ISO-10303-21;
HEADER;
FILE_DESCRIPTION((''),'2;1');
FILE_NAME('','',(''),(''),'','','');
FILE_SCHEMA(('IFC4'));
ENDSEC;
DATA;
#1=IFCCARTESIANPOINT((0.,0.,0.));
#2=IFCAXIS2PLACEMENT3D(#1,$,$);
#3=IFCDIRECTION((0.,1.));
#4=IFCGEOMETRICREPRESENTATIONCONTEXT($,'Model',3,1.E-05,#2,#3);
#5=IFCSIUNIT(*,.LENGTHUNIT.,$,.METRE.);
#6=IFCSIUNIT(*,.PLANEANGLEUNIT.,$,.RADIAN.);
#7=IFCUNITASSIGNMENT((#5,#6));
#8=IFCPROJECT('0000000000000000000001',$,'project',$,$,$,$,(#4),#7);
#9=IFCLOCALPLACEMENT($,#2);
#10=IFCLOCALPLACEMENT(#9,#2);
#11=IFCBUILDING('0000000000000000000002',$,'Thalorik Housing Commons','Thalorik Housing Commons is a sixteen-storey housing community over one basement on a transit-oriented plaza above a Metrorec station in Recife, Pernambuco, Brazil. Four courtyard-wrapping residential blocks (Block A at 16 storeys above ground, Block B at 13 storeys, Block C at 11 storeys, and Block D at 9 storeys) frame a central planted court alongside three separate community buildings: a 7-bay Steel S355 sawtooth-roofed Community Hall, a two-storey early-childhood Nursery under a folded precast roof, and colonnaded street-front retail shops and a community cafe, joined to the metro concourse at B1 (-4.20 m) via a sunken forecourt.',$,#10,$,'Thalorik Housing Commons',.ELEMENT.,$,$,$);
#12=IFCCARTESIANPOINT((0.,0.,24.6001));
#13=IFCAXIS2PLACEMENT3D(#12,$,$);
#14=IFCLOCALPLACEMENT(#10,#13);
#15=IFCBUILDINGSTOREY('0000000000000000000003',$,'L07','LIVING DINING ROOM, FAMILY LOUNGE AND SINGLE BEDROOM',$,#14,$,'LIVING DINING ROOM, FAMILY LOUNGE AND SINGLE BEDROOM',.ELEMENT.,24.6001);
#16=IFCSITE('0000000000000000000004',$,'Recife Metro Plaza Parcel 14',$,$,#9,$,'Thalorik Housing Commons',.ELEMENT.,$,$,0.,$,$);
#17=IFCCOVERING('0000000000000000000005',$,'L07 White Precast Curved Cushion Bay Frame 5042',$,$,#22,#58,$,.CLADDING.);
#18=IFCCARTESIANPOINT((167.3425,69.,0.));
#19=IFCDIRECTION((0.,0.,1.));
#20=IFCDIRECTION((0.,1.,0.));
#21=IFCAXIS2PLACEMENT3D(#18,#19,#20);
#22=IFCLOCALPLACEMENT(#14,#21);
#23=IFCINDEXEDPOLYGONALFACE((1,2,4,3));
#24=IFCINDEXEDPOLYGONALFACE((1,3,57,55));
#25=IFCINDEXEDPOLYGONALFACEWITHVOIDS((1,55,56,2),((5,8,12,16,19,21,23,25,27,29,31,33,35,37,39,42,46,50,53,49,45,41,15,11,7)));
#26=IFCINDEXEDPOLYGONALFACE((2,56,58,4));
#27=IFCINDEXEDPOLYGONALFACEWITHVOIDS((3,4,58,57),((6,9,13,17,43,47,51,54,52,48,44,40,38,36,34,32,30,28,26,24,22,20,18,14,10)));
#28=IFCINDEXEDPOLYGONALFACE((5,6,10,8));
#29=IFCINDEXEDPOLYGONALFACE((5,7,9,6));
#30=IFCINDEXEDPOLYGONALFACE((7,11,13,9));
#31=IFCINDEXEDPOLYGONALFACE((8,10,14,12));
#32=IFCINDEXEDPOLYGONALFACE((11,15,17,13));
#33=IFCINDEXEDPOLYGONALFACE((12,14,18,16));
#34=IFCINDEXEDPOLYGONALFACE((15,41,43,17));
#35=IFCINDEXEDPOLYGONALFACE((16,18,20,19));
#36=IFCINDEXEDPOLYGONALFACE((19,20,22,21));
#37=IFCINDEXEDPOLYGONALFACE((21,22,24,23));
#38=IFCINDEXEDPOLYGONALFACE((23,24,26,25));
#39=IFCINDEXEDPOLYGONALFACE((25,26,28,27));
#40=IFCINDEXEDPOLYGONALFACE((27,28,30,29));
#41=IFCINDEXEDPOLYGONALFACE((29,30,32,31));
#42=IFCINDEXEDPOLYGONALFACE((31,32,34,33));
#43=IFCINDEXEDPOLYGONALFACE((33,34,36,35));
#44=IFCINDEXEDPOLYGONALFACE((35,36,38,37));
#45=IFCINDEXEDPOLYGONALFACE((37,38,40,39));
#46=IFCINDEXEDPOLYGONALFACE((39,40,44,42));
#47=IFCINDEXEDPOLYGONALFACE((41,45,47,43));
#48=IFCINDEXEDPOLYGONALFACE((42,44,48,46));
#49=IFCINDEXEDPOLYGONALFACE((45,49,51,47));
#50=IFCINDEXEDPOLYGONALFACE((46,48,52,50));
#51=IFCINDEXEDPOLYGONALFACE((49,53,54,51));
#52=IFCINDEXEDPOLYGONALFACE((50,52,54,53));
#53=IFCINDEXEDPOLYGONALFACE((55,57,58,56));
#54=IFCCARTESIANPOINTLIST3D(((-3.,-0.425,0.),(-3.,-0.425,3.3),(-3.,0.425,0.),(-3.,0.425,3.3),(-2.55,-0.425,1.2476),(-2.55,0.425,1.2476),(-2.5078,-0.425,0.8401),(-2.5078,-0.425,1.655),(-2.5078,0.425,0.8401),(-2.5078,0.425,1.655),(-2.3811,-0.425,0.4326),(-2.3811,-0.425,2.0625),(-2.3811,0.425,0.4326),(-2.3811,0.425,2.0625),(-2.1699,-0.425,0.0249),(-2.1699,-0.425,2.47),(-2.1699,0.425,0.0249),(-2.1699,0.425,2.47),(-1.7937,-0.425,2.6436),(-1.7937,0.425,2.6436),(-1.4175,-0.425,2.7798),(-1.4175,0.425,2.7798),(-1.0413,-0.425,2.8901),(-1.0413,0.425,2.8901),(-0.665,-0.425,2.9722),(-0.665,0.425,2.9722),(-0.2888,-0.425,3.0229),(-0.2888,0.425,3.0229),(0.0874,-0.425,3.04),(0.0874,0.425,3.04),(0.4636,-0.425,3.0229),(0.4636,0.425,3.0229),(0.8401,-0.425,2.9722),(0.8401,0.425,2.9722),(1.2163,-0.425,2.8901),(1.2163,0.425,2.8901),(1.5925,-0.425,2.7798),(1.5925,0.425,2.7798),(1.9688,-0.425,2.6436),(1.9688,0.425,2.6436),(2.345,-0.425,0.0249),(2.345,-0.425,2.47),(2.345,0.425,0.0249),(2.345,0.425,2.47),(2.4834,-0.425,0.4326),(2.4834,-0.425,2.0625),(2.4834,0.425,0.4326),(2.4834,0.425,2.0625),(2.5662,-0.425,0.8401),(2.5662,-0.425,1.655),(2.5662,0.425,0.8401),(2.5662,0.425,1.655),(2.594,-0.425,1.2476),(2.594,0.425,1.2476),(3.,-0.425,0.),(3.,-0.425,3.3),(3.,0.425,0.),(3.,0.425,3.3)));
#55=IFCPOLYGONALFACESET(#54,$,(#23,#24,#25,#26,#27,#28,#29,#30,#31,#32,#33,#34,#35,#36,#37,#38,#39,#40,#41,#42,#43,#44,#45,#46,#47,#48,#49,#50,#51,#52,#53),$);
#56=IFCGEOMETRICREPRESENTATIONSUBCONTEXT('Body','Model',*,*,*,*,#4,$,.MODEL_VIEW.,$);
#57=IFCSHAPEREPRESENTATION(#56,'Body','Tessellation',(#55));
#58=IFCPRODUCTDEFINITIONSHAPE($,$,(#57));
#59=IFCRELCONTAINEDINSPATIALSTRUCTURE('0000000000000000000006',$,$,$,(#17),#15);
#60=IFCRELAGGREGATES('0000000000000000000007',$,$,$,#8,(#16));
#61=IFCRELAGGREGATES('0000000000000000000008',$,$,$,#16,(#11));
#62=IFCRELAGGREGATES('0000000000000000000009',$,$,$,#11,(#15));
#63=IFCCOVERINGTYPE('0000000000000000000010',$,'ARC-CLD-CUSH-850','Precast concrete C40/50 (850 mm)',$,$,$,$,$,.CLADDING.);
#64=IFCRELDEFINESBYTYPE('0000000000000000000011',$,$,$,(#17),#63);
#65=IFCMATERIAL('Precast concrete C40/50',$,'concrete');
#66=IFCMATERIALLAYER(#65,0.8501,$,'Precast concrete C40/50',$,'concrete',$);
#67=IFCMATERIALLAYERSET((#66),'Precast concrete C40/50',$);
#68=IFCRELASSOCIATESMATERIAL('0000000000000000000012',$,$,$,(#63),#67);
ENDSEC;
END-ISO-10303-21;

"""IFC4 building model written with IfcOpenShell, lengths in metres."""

from ifc_helpers import new_model, si_unit, direction, frame, origin, place, context, subcontext, project, spatial, polyline, outline, extrude, material, layer, layer_set, type_object, element, save


model = new_model("IFC4")

# Units and contexts
model_context = context("Model", 3, precision=1e-05, world=origin(), true_north=direction((0.0, 1.0)))
body_context = subcontext(model_context, "Body", "Model", "MODEL_VIEW")
ifc_project = project(units=[si_unit("LENGTHUNIT", "METRE"), si_unit("PLANEANGLEUNIT", "RADIAN")], contexts=[model_context])

# Site, building, storey
site_placement = place(None, origin())
site = spatial("IfcSite", under=ifc_project, at=site_placement, Name="Recife Metro Plaza Parcel 14", LongName="Thalorik Housing Commons", CompositionType="ELEMENT", RefElevation=0.0)
building_placement = place(site_placement, origin())
building = spatial("IfcBuilding", under=site, at=building_placement, Name="Thalorik Housing Commons", Description="Thalorik Housing Commons is a sixteen-storey housing community over one basement on a transit-oriented plaza above a Metrorec station in Recife, Pernambuco, Brazil. Four courtyard-wrapping residential blocks (Block A at 16 storeys above ground, Block B at 13 storeys, Block C at 11 storeys, and Block D at 9 storeys) frame a central planted court alongside three separate community buildings: a 7-bay Steel S355 sawtooth-roofed Community Hall, a two-storey early-childhood Nursery under a folded precast roof, and colonnaded street-front retail shops and a community cafe, joined to the metro concourse at B1 (-4.20 m) via a sunken forecourt.", LongName="Thalorik Housing Commons", CompositionType="ELEMENT")
storey_placement = place(building_placement, frame((0.0, 0.0, 24.6001)))
storey = spatial("IfcBuildingStorey", under=building, at=storey_placement, Name="L07", Description="LIVING DINING ROOM, FAMILY LOUNGE AND SINGLE BEDROOM", LongName="LIVING DINING ROOM, FAMILY LOUNGE AND SINGLE BEDROOM", CompositionType="ELEMENT", Elevation=24.6001)

# Shared definitions
ifc_material_1 = material(Name="Precast concrete C40/50", Category="concrete")

# Covering
ifc_layer_1 = layer(ifc_material_1, 0.8501, Name="Precast concrete C40/50", Category="concrete")
ifc_layer_set_1 = layer_set([ifc_layer_1], Name="Precast concrete C40/50")
covering_type_1 = type_object("IfcCoveringType", Name="ARC-CLD-CUSH-850", Description="Precast concrete C40/50 (850 mm)", PredefinedType="CLADDING", material=ifc_layer_set_1)
covering_1_placement = place(storey_placement, frame((167.3425, 69.0, 0.0), z_axis=(0.0, 0.0, 1.0), x_axis=(0.0, 1.0, 0.0)))
element("IfcCovering", 1, at=covering_1_placement, inside=storey, type_object=covering_type_1, Name="L07 White Precast Curved Cushion Bay Frame 5042", PredefinedType="CLADDING", context=body_context, shape_type="SweptSolid", body=[
    extrude(outline(polyline([(-3.0, 0.0), (3.0, 0.0), (3.0, 3.3), (-3.0, 3.3), (-3.0, 0.0)]), holes=[polyline([(2.345, 0.0249), (2.4834, 0.4326), (2.5662, 0.8401), (2.594, 1.2476), (2.5662, 1.655), (2.4834, 2.0625), (2.345, 2.47), (1.9688, 2.6436), (1.5925, 2.7798), (1.2163, 2.8901), (0.8401, 2.9722), (0.4636, 3.0229), (0.0874, 3.04), (-0.2888, 3.0229), (-0.665, 2.9722), (-1.0413, 2.8901), (-1.4175, 2.7798), (-1.7937, 2.6436), (-2.1699, 2.47), (-2.3811, 2.0625), (-2.5078, 1.655), (-2.55, 1.2476), (-2.5078, 0.8401), (-2.3811, 0.4326), (-2.1699, 0.0249), (2.345, 0.0249)])]), frame((0.0, 0.425, 0.0), z_axis=(0.0, -1.0, 0.0), x_axis=(1.0, 0.0, 0.0)), (0.0, 0.0, 1.0), 0.8501),
])

save(model, "model.ifc")
